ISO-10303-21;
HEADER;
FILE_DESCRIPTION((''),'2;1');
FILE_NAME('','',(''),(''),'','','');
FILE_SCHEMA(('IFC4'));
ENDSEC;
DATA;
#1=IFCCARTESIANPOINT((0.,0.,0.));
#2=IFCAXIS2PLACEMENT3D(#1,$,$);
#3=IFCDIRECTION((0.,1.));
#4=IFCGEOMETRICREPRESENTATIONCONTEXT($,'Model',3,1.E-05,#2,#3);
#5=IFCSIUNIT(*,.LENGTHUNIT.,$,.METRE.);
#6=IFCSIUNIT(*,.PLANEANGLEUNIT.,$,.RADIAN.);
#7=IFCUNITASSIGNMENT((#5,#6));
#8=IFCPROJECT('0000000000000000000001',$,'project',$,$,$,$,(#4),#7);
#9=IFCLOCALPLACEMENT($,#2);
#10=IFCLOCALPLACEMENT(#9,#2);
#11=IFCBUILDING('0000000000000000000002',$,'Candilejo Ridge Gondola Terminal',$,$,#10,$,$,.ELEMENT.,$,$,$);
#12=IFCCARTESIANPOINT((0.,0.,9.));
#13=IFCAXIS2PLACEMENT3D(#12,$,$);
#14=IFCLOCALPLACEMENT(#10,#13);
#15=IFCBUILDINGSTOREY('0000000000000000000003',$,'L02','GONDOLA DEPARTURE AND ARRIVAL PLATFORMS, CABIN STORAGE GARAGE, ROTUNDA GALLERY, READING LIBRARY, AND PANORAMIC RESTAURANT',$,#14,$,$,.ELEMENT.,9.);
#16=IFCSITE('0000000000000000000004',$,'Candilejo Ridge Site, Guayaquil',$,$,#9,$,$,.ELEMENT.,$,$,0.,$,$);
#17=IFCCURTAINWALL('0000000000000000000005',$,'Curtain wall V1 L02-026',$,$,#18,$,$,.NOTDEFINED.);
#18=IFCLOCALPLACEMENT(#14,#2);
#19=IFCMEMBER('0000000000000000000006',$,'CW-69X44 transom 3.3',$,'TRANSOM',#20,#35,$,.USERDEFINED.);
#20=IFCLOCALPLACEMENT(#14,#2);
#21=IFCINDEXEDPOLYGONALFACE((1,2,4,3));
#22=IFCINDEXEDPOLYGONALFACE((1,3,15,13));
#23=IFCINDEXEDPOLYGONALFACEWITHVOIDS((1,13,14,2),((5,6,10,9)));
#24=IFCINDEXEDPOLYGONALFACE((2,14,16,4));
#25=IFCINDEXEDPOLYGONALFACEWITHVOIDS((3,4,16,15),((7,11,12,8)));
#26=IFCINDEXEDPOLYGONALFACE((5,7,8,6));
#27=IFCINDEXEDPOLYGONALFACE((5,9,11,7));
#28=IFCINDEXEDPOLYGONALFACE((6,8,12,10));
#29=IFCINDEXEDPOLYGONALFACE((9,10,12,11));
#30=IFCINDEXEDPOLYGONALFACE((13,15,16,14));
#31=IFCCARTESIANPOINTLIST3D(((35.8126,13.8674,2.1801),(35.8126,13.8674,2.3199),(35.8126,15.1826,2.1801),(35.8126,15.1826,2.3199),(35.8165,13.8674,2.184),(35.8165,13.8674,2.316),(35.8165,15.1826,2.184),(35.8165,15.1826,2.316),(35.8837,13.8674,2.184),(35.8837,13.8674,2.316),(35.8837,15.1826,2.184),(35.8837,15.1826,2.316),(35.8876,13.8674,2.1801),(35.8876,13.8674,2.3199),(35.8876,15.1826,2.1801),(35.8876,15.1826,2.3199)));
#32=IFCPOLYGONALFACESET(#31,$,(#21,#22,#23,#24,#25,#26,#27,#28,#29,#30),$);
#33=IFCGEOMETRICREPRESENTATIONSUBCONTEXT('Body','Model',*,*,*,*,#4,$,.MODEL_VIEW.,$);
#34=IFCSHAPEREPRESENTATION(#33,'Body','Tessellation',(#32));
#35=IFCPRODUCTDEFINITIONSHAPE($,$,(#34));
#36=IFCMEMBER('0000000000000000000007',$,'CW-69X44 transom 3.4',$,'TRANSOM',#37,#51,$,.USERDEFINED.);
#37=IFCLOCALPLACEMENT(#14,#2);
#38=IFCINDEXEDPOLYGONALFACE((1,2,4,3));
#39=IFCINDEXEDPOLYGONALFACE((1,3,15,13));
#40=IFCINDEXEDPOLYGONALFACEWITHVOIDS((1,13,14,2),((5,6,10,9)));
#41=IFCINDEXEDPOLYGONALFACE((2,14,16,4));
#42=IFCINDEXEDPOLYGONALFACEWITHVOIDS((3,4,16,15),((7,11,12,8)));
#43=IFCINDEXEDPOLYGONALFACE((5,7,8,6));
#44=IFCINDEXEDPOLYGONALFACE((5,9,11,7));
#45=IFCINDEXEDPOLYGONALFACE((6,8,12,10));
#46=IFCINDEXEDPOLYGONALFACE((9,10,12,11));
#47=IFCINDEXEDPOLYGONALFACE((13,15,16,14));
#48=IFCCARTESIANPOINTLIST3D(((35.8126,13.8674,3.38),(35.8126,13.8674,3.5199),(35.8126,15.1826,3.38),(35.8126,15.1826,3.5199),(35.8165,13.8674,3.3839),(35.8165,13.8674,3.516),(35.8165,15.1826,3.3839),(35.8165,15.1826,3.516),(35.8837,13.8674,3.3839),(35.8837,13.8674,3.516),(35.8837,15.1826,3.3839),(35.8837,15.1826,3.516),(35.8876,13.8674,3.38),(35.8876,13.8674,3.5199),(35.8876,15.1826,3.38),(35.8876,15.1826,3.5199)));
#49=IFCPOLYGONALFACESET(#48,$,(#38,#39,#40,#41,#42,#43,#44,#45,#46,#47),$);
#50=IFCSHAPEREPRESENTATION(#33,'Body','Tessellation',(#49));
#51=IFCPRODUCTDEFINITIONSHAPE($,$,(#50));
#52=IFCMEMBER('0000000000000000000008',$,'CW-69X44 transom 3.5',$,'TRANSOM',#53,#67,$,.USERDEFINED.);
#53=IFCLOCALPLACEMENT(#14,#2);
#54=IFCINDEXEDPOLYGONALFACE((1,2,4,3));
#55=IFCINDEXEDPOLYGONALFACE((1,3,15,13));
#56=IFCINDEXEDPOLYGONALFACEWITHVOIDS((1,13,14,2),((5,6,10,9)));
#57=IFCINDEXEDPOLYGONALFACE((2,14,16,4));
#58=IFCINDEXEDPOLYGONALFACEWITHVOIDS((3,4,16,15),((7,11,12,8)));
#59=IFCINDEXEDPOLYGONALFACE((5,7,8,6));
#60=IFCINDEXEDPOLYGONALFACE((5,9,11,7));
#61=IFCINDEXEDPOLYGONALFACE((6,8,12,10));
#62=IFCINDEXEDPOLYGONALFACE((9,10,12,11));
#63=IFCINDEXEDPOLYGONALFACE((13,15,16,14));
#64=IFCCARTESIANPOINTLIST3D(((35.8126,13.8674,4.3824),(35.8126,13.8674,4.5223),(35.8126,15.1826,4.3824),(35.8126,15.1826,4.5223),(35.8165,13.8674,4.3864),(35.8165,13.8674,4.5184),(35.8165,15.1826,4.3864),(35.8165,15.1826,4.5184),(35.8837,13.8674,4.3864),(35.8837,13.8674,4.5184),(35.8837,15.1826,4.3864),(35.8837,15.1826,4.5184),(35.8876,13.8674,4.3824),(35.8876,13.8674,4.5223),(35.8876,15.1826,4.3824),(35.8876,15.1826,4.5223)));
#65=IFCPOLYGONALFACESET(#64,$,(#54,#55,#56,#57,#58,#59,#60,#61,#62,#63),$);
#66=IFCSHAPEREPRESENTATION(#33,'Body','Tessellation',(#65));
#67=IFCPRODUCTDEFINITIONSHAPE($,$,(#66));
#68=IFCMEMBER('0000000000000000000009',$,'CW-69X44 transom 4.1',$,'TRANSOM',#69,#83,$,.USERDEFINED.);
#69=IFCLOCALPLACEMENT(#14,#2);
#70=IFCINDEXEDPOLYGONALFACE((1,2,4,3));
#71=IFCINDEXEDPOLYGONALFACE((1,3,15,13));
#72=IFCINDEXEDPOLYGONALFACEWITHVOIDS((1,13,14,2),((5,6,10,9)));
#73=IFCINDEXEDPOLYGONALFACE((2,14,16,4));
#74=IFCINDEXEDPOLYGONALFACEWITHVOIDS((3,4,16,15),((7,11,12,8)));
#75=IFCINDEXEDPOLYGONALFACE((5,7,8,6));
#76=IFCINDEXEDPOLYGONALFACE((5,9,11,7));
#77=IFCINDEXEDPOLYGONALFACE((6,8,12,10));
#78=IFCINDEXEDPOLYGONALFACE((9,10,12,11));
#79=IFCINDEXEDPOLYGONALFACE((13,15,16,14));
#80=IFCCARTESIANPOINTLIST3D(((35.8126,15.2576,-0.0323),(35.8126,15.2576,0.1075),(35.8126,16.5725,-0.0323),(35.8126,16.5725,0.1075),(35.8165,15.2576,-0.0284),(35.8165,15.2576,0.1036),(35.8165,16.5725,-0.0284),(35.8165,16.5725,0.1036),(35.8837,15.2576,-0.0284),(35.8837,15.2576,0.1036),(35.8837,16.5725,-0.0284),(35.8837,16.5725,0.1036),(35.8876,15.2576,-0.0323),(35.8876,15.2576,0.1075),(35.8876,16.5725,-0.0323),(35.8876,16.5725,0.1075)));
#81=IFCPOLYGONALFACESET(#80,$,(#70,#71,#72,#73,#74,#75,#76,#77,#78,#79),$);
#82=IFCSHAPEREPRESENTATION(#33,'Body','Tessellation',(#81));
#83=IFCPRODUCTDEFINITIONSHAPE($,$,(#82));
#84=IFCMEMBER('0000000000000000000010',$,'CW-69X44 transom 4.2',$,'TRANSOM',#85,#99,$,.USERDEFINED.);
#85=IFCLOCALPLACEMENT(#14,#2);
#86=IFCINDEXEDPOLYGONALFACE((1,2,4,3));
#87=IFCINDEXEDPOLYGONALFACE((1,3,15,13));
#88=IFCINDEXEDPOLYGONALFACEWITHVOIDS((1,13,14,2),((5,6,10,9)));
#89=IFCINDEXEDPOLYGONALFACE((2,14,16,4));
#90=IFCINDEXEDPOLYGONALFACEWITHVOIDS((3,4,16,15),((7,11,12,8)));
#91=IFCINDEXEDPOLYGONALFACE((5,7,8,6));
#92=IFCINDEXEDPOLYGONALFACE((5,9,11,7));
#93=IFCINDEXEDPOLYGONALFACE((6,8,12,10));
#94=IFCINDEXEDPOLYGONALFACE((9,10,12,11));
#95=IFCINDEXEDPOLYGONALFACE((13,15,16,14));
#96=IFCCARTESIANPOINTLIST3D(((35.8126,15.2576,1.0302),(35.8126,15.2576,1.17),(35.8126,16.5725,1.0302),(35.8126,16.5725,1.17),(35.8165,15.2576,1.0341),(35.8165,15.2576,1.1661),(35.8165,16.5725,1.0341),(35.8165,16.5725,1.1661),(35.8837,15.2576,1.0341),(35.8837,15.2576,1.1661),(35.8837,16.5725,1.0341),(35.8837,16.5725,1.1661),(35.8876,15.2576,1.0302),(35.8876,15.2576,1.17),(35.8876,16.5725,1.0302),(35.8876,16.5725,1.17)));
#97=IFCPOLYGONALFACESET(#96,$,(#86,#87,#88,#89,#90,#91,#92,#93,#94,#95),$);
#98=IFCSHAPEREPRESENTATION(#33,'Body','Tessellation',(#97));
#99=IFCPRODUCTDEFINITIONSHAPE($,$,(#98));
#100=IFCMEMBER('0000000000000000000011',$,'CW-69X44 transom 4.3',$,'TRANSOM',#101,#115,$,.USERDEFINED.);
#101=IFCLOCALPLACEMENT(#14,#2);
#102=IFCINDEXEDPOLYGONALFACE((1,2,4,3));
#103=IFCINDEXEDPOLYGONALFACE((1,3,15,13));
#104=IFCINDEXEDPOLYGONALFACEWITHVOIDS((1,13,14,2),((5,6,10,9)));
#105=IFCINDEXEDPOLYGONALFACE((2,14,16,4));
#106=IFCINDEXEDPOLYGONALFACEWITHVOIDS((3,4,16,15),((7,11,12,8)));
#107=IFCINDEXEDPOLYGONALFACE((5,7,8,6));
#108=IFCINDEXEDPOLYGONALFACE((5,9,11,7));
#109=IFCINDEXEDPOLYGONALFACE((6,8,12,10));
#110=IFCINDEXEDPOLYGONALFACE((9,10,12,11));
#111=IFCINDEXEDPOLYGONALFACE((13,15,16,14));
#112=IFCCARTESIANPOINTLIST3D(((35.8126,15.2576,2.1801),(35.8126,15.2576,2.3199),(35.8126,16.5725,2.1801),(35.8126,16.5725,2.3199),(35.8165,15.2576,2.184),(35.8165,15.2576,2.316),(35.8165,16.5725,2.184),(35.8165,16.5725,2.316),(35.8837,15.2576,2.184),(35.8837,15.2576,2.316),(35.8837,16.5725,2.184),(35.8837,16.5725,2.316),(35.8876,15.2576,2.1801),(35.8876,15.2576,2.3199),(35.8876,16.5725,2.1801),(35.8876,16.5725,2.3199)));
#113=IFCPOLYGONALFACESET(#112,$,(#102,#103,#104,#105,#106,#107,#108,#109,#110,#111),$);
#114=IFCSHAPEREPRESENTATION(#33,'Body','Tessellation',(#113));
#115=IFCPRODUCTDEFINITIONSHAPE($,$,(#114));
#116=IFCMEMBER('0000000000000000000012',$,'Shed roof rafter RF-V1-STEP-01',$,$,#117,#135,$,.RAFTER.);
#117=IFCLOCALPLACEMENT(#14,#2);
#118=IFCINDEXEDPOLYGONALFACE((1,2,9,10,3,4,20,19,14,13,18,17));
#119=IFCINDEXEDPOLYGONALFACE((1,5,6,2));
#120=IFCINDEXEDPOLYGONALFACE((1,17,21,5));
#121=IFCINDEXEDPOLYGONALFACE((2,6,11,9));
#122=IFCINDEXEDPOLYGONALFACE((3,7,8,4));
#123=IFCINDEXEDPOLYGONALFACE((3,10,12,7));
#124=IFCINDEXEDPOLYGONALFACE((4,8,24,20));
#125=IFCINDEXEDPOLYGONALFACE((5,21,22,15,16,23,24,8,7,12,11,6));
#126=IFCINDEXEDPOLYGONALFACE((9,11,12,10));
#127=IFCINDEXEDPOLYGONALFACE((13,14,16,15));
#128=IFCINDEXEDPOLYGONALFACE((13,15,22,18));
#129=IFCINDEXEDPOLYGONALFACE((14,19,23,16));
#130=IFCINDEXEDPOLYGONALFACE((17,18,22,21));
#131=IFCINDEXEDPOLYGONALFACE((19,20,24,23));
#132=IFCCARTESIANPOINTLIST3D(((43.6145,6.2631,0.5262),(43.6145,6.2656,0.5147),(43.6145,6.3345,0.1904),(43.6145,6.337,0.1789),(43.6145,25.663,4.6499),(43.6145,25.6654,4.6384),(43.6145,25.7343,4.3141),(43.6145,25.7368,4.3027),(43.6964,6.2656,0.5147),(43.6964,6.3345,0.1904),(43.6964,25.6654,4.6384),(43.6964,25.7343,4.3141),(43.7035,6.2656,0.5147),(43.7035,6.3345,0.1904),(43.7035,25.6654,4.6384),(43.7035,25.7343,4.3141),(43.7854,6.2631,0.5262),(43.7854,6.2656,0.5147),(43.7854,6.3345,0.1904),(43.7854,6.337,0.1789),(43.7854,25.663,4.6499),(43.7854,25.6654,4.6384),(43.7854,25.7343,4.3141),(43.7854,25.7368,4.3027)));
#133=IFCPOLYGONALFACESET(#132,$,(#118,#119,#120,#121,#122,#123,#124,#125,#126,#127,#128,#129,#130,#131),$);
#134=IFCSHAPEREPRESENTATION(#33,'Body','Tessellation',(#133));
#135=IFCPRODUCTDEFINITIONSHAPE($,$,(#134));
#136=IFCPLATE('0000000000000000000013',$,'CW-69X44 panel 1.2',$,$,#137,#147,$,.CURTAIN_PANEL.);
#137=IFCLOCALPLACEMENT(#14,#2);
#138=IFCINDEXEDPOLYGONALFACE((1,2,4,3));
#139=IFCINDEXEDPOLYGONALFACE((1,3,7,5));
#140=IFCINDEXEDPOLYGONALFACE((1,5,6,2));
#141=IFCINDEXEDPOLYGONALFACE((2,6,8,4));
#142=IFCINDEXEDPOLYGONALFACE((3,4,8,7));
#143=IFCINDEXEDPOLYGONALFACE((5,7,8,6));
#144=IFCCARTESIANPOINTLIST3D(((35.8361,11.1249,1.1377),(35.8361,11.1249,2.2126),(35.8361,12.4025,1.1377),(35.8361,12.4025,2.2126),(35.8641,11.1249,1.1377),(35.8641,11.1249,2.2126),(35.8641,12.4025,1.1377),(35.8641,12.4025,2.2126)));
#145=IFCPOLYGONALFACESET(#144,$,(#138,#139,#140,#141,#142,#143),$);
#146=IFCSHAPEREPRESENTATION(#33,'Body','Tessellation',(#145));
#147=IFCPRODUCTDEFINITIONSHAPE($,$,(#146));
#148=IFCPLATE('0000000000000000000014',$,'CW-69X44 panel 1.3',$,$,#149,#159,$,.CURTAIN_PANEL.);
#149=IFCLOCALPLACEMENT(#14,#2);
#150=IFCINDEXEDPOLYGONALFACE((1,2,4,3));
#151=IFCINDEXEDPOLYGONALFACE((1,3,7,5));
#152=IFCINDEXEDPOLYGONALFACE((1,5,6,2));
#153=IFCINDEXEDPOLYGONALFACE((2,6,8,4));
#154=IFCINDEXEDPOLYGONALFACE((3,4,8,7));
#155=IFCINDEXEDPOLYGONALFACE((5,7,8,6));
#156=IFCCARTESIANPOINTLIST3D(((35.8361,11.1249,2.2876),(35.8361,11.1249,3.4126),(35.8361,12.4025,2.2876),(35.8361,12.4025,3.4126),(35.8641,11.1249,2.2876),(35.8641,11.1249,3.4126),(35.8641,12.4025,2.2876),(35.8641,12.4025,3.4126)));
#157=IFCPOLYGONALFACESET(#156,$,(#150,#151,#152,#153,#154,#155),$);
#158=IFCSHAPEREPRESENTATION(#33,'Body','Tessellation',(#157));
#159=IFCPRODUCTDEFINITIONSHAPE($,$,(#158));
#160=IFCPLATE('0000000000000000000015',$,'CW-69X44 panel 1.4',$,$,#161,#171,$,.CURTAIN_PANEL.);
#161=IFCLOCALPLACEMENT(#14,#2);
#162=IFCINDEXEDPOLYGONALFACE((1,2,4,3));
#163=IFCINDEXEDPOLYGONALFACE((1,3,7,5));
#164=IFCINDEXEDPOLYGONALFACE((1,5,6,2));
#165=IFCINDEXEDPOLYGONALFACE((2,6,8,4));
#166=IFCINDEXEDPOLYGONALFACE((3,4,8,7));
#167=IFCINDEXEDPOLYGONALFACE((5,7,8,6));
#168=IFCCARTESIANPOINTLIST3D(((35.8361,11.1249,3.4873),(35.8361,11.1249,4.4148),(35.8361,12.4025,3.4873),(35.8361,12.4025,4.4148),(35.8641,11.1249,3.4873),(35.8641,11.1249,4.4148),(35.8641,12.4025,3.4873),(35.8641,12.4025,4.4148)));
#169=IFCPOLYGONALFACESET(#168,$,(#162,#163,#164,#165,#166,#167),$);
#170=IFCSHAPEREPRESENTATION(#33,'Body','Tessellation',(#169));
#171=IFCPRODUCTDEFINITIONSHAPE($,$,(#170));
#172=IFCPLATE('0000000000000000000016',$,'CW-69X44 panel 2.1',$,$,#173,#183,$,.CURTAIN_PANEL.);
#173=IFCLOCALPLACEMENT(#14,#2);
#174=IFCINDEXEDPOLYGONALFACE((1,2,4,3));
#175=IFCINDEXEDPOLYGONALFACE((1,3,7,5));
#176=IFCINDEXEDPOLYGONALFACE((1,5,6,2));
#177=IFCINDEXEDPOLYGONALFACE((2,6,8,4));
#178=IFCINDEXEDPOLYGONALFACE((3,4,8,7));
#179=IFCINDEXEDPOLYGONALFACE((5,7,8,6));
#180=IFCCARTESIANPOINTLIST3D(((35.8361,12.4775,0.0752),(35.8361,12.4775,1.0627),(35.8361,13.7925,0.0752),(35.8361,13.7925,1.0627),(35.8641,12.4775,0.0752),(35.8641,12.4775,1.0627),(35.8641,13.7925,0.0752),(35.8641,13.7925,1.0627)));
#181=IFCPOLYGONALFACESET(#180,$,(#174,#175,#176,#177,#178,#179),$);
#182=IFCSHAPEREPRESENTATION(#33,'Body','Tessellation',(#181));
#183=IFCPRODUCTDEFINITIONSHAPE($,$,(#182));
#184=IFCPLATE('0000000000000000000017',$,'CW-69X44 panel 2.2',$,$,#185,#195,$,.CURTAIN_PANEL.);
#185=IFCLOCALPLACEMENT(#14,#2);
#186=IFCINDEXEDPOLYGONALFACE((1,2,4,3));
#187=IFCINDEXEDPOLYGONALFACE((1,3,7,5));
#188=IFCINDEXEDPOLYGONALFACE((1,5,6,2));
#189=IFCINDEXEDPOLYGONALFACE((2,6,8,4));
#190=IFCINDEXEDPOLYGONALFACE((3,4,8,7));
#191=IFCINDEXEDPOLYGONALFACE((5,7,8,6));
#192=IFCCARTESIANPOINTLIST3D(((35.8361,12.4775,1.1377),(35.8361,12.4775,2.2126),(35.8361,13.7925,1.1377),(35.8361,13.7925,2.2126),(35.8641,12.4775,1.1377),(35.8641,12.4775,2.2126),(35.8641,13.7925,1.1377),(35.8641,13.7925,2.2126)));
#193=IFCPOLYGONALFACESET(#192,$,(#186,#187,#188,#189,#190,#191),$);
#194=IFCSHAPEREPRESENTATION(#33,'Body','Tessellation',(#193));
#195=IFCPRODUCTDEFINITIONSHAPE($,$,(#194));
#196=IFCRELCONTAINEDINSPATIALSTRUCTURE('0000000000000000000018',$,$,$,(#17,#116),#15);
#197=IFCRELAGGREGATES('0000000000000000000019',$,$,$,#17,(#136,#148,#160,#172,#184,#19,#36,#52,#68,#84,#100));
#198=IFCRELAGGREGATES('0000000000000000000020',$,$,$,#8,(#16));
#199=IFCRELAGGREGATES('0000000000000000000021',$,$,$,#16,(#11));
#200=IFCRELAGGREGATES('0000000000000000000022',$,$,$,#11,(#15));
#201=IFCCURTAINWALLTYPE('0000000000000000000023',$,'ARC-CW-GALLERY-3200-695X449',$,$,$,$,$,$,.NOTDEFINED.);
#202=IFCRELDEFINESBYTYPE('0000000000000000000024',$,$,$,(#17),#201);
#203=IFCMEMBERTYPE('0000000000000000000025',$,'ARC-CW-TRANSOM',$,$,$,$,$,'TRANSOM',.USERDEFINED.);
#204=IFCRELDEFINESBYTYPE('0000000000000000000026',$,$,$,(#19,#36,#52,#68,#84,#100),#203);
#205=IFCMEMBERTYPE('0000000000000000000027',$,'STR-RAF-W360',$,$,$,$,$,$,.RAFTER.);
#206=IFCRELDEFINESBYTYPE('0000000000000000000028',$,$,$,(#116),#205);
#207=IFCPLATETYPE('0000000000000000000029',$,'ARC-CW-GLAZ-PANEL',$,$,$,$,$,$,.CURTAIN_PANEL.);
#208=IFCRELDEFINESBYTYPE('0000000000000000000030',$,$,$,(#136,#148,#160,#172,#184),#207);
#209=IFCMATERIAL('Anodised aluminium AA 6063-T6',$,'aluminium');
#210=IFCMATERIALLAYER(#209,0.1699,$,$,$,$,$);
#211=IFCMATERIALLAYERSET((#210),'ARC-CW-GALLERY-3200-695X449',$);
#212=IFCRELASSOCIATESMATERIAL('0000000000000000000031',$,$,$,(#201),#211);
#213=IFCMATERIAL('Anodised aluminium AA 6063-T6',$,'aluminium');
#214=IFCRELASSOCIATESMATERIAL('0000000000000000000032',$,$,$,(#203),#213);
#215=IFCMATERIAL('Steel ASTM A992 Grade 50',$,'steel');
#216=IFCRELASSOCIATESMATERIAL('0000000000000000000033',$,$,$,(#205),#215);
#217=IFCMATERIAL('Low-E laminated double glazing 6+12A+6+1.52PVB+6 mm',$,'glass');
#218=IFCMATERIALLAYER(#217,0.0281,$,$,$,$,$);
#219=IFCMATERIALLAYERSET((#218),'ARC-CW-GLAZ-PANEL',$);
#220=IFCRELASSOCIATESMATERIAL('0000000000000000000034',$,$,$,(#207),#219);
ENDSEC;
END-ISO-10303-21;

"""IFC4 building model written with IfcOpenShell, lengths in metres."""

from ifc_helpers import new_model, si_unit, direction, frame, origin, origin_2d, place, context, subcontext, project, spatial, rectangle, hollow_rectangle, i_section, extrude, material, layer, layer_set, material_profile, profile_set, type_object, element, aggregate, save


model = new_model("IFC4")

# Units and contexts
model_context = context("Model", 3, precision=1e-05, world=origin(), true_north=direction((0.0, 1.0)))
body_context = subcontext(model_context, "Body", "Model", "MODEL_VIEW")
ifc_project = project(units=[si_unit("LENGTHUNIT", "METRE"), si_unit("PLANEANGLEUNIT", "RADIAN")], contexts=[model_context])

# Site, building, storey
site_placement = place(None, origin())
site = spatial("IfcSite", under=ifc_project, at=site_placement, Name="Candilejo Ridge Site, Guayaquil", CompositionType="ELEMENT", RefElevation=0.0)
building_placement = place(site_placement, origin())
building = spatial("IfcBuilding", under=site, at=building_placement, Name="Candilejo Ridge Gondola Terminal", CompositionType="ELEMENT")
storey_placement = place(building_placement, frame((0.0, 0.0, 9.0)))
storey = spatial("IfcBuildingStorey", under=building, at=storey_placement, Name="L02", Description="GONDOLA DEPARTURE AND ARRIVAL PLATFORMS, CABIN STORAGE GARAGE, ROTUNDA GALLERY, READING LIBRARY, AND PANORAMIC RESTAURANT", CompositionType="ELEMENT", Elevation=9.0)

# Curtain wall, members
ifc_material_1 = material(Name="Anodised aluminium AA 6063-T6", Category="aluminium")
ifc_layer_1 = layer(ifc_material_1, 0.1699)
ifc_layer_set_1 = layer_set([ifc_layer_1], Name="ARC-CW-GALLERY-3200-695X449")
curtain_wall_type = type_object("IfcCurtainWallType", Name="ARC-CW-GALLERY-3200-695X449", PredefinedType="NOTDEFINED", material=ifc_layer_set_1)
curtain_wall_placement = place(storey_placement, origin())
curtain_wall = element("IfcCurtainWall", 1, at=curtain_wall_placement, inside=storey, type_object=curtain_wall_type, Name="Curtain wall V1 L02-026", PredefinedType="NOTDEFINED")
ifc_material_2 = material(Name="Anodised aluminium AA 6063-T6", Category="aluminium")
ifc_material_profile_1 = material_profile(ifc_material_2, hollow_rectangle(XDim=0.075, YDim=0.1399, WallThickness=0.0039, at=origin_2d()))
ifc_profile_set_1 = profile_set([ifc_material_profile_1], Name="Anodised aluminium AA 6063-T6")
member_type_1 = type_object("IfcMemberType", Name="ARC-CW-TRANSOM", ElementType="TRANSOM", PredefinedType="USERDEFINED", material=ifc_profile_set_1)
member_1_placement = place(storey_placement, frame((35.8501, 13.8674, 2.25), z_axis=(0.0, 1.0, 0.0), x_axis=(-1.0, 0.0, 0.0)))
member_1 = element("IfcMember", 2, at=member_1_placement, type_object=member_type_1, Name="CW-69X44 transom 3.3", ObjectType="TRANSOM", PredefinedType="USERDEFINED", context=body_context, shape_type="SweptSolid", body=[
    extrude(hollow_rectangle(XDim=0.075, YDim=0.1399, WallThickness=0.0039, at=origin_2d()), origin(), (0.0, 0.0, 1.0), 1.3152),
])
member_2_placement = place(storey_placement, frame((35.8501, 13.8674, 3.45), z_axis=(0.0, 1.0, 0.0), x_axis=(-1.0, 0.0, 0.0)))
member_2 = element("IfcMember", 3, at=member_2_placement, type_object=member_type_1, Name="CW-69X44 transom 3.4", ObjectType="TRANSOM", PredefinedType="USERDEFINED", context=body_context, shape_type="SweptSolid", body=[
    extrude(hollow_rectangle(XDim=0.075, YDim=0.1399, WallThickness=0.0039, at=origin_2d()), origin(), (0.0, 0.0, 1.0), 1.3152),
])
member_3_placement = place(storey_placement, frame((35.8501, 13.8674, 4.4524), z_axis=(0.0, 1.0, 0.0), x_axis=(-1.0, 0.0, 0.0)))
member_3 = element("IfcMember", 4, at=member_3_placement, type_object=member_type_1, Name="CW-69X44 transom 3.5", ObjectType="TRANSOM", PredefinedType="USERDEFINED", context=body_context, shape_type="SweptSolid", body=[
    extrude(hollow_rectangle(XDim=0.075, YDim=0.1399, WallThickness=0.0039, at=origin_2d()), origin(), (0.0, 0.0, 1.0), 1.3152),
])
member_4_placement = place(storey_placement, frame((35.8501, 15.2576, 0.0376), z_axis=(0.0, 1.0, 0.0), x_axis=(-1.0, 0.0, 0.0)))
member_4 = element("IfcMember", 5, at=member_4_placement, type_object=member_type_1, Name="CW-69X44 transom 4.1", ObjectType="TRANSOM", PredefinedType="USERDEFINED", context=body_context, shape_type="SweptSolid", body=[
    extrude(hollow_rectangle(XDim=0.075, YDim=0.1399, WallThickness=0.0039, at=origin_2d()), origin(), (0.0, 0.0, 1.0), 1.3149),
])
member_5_placement = place(storey_placement, frame((35.8501, 15.2576, 1.1001), z_axis=(0.0, 1.0, 0.0), x_axis=(-1.0, 0.0, 0.0)))
member_5 = element("IfcMember", 6, at=member_5_placement, type_object=member_type_1, Name="CW-69X44 transom 4.2", ObjectType="TRANSOM", PredefinedType="USERDEFINED", context=body_context, shape_type="SweptSolid", body=[
    extrude(hollow_rectangle(XDim=0.075, YDim=0.1399, WallThickness=0.0039, at=origin_2d()), origin(), (0.0, 0.0, 1.0), 1.3149),
])
member_6_placement = place(storey_placement, frame((35.8501, 15.2576, 2.25), z_axis=(0.0, 1.0, 0.0), x_axis=(-1.0, 0.0, 0.0)))
member_6 = element("IfcMember", 7, at=member_6_placement, type_object=member_type_1, Name="CW-69X44 transom 4.3", ObjectType="TRANSOM", PredefinedType="USERDEFINED", context=body_context, shape_type="SweptSolid", body=[
    extrude(hollow_rectangle(XDim=0.075, YDim=0.1399, WallThickness=0.0039, at=origin_2d()), origin(), (0.0, 0.0, 1.0), 1.3149),
])

# Member
ifc_material_3 = material(Name="Steel ASTM A992 Grade 50", Category="steel")
ifc_material_profile_2 = material_profile(ifc_material_3, i_section(OverallWidth=0.1709, OverallDepth=0.355, WebThickness=0.0071, FlangeThickness=0.0117, at=origin_2d()))
ifc_profile_set_2 = profile_set([ifc_material_profile_2], Name="Steel ASTM A992 Grade 50")
member_type_2 = type_object("IfcMemberType", Name="STR-RAF-W360", PredefinedType="RAFTER", material=ifc_profile_set_2)
member_7_placement = place(storey_placement, frame((43.7, 6.3, 0.3525), z_axis=(0.0, 0.978146, 0.207921), x_axis=(-1.0, 0.0, 0.0)))
element("IfcMember", 8, at=member_7_placement, inside=storey, type_object=member_type_2, Name="Shed roof rafter RF-V1-STEP-01", PredefinedType="RAFTER", context=body_context, shape_type="SweptSolid", body=[
    extrude(i_section(OverallWidth=0.1709, OverallDepth=0.355, WebThickness=0.0071, FlangeThickness=0.0117, at=origin_2d()), origin(), (0.0, 0.0, 1.0), 19.8333),
])

# Plates
ifc_material_4 = material(Name="Low-E laminated double glazing 6+12A+6+1.52PVB+6 mm", Category="glass")
ifc_layer_2 = layer(ifc_material_4, 0.0281)
ifc_layer_set_2 = layer_set([ifc_layer_2], Name="ARC-CW-GLAZ-PANEL")
plate_type = type_object("IfcPlateType", Name="ARC-CW-GLAZ-PANEL", PredefinedType="CURTAIN_PANEL", material=ifc_layer_set_2)
plate_1_placement = place(storey_placement, frame((35.8501, 11.7637, 1.1377), z_axis=(0.0, 0.0, 1.0), x_axis=(0.0, 1.0, 0.0)))
plate_1 = element("IfcPlate", 9, at=plate_1_placement, type_object=plate_type, Name="CW-69X44 panel 1.2", PredefinedType="CURTAIN_PANEL", context=body_context, shape_type="SweptSolid", body=[
    extrude(rectangle(XDim=1.2776, YDim=0.0281, at=origin_2d()), origin(), (0.0, 0.0, 1.0), 1.075),
])
plate_2_placement = place(storey_placement, frame((35.8501, 11.7637, 2.2876), z_axis=(0.0, 0.0, 1.0), x_axis=(0.0, 1.0, 0.0)))
plate_2 = element("IfcPlate", 10, at=plate_2_placement, type_object=plate_type, Name="CW-69X44 panel 1.3", PredefinedType="CURTAIN_PANEL", context=body_context, shape_type="SweptSolid", body=[
    extrude(rectangle(XDim=1.2776, YDim=0.0281, at=origin_2d()), origin(), (0.0, 0.0, 1.0), 1.125),
])
plate_3_placement = place(storey_placement, frame((35.8501, 11.7637, 3.4873), z_axis=(0.0, 0.0, 1.0), x_axis=(0.0, 1.0, 0.0)))
plate_3 = element("IfcPlate", 11, at=plate_3_placement, type_object=plate_type, Name="CW-69X44 panel 1.4", PredefinedType="CURTAIN_PANEL", context=body_context, shape_type="SweptSolid", body=[
    extrude(rectangle(XDim=1.2776, YDim=0.0281, at=origin_2d()), origin(), (0.0, 0.0, 1.0), 0.9275),
])
plate_4_placement = place(storey_placement, frame((35.8501, 13.135, 0.0752), z_axis=(0.0, 0.0, 1.0), x_axis=(0.0, 1.0, 0.0)))
plate_4 = element("IfcPlate", 12, at=plate_4_placement, type_object=plate_type, Name="CW-69X44 panel 2.1", PredefinedType="CURTAIN_PANEL", context=body_context, shape_type="SweptSolid", body=[
    extrude(rectangle(XDim=1.3149, YDim=0.0281, at=origin_2d()), origin(), (0.0, 0.0, 1.0), 0.9875),
])
plate_5_placement = place(storey_placement, frame((35.8501, 13.135, 1.1377), z_axis=(0.0, 0.0, 1.0), x_axis=(0.0, 1.0, 0.0)))
plate_5 = element("IfcPlate", 13, at=plate_5_placement, type_object=plate_type, Name="CW-69X44 panel 2.2", PredefinedType="CURTAIN_PANEL", context=body_context, shape_type="SweptSolid", body=[
    extrude(rectangle(XDim=1.3149, YDim=0.0281, at=origin_2d()), origin(), (0.0, 0.0, 1.0), 1.075),
])
aggregate(curtain_wall, [plate_1, plate_2, plate_3, plate_4, plate_5, member_1, member_2, member_3, member_4, member_5, member_6])

save(model, "model.ifc")
